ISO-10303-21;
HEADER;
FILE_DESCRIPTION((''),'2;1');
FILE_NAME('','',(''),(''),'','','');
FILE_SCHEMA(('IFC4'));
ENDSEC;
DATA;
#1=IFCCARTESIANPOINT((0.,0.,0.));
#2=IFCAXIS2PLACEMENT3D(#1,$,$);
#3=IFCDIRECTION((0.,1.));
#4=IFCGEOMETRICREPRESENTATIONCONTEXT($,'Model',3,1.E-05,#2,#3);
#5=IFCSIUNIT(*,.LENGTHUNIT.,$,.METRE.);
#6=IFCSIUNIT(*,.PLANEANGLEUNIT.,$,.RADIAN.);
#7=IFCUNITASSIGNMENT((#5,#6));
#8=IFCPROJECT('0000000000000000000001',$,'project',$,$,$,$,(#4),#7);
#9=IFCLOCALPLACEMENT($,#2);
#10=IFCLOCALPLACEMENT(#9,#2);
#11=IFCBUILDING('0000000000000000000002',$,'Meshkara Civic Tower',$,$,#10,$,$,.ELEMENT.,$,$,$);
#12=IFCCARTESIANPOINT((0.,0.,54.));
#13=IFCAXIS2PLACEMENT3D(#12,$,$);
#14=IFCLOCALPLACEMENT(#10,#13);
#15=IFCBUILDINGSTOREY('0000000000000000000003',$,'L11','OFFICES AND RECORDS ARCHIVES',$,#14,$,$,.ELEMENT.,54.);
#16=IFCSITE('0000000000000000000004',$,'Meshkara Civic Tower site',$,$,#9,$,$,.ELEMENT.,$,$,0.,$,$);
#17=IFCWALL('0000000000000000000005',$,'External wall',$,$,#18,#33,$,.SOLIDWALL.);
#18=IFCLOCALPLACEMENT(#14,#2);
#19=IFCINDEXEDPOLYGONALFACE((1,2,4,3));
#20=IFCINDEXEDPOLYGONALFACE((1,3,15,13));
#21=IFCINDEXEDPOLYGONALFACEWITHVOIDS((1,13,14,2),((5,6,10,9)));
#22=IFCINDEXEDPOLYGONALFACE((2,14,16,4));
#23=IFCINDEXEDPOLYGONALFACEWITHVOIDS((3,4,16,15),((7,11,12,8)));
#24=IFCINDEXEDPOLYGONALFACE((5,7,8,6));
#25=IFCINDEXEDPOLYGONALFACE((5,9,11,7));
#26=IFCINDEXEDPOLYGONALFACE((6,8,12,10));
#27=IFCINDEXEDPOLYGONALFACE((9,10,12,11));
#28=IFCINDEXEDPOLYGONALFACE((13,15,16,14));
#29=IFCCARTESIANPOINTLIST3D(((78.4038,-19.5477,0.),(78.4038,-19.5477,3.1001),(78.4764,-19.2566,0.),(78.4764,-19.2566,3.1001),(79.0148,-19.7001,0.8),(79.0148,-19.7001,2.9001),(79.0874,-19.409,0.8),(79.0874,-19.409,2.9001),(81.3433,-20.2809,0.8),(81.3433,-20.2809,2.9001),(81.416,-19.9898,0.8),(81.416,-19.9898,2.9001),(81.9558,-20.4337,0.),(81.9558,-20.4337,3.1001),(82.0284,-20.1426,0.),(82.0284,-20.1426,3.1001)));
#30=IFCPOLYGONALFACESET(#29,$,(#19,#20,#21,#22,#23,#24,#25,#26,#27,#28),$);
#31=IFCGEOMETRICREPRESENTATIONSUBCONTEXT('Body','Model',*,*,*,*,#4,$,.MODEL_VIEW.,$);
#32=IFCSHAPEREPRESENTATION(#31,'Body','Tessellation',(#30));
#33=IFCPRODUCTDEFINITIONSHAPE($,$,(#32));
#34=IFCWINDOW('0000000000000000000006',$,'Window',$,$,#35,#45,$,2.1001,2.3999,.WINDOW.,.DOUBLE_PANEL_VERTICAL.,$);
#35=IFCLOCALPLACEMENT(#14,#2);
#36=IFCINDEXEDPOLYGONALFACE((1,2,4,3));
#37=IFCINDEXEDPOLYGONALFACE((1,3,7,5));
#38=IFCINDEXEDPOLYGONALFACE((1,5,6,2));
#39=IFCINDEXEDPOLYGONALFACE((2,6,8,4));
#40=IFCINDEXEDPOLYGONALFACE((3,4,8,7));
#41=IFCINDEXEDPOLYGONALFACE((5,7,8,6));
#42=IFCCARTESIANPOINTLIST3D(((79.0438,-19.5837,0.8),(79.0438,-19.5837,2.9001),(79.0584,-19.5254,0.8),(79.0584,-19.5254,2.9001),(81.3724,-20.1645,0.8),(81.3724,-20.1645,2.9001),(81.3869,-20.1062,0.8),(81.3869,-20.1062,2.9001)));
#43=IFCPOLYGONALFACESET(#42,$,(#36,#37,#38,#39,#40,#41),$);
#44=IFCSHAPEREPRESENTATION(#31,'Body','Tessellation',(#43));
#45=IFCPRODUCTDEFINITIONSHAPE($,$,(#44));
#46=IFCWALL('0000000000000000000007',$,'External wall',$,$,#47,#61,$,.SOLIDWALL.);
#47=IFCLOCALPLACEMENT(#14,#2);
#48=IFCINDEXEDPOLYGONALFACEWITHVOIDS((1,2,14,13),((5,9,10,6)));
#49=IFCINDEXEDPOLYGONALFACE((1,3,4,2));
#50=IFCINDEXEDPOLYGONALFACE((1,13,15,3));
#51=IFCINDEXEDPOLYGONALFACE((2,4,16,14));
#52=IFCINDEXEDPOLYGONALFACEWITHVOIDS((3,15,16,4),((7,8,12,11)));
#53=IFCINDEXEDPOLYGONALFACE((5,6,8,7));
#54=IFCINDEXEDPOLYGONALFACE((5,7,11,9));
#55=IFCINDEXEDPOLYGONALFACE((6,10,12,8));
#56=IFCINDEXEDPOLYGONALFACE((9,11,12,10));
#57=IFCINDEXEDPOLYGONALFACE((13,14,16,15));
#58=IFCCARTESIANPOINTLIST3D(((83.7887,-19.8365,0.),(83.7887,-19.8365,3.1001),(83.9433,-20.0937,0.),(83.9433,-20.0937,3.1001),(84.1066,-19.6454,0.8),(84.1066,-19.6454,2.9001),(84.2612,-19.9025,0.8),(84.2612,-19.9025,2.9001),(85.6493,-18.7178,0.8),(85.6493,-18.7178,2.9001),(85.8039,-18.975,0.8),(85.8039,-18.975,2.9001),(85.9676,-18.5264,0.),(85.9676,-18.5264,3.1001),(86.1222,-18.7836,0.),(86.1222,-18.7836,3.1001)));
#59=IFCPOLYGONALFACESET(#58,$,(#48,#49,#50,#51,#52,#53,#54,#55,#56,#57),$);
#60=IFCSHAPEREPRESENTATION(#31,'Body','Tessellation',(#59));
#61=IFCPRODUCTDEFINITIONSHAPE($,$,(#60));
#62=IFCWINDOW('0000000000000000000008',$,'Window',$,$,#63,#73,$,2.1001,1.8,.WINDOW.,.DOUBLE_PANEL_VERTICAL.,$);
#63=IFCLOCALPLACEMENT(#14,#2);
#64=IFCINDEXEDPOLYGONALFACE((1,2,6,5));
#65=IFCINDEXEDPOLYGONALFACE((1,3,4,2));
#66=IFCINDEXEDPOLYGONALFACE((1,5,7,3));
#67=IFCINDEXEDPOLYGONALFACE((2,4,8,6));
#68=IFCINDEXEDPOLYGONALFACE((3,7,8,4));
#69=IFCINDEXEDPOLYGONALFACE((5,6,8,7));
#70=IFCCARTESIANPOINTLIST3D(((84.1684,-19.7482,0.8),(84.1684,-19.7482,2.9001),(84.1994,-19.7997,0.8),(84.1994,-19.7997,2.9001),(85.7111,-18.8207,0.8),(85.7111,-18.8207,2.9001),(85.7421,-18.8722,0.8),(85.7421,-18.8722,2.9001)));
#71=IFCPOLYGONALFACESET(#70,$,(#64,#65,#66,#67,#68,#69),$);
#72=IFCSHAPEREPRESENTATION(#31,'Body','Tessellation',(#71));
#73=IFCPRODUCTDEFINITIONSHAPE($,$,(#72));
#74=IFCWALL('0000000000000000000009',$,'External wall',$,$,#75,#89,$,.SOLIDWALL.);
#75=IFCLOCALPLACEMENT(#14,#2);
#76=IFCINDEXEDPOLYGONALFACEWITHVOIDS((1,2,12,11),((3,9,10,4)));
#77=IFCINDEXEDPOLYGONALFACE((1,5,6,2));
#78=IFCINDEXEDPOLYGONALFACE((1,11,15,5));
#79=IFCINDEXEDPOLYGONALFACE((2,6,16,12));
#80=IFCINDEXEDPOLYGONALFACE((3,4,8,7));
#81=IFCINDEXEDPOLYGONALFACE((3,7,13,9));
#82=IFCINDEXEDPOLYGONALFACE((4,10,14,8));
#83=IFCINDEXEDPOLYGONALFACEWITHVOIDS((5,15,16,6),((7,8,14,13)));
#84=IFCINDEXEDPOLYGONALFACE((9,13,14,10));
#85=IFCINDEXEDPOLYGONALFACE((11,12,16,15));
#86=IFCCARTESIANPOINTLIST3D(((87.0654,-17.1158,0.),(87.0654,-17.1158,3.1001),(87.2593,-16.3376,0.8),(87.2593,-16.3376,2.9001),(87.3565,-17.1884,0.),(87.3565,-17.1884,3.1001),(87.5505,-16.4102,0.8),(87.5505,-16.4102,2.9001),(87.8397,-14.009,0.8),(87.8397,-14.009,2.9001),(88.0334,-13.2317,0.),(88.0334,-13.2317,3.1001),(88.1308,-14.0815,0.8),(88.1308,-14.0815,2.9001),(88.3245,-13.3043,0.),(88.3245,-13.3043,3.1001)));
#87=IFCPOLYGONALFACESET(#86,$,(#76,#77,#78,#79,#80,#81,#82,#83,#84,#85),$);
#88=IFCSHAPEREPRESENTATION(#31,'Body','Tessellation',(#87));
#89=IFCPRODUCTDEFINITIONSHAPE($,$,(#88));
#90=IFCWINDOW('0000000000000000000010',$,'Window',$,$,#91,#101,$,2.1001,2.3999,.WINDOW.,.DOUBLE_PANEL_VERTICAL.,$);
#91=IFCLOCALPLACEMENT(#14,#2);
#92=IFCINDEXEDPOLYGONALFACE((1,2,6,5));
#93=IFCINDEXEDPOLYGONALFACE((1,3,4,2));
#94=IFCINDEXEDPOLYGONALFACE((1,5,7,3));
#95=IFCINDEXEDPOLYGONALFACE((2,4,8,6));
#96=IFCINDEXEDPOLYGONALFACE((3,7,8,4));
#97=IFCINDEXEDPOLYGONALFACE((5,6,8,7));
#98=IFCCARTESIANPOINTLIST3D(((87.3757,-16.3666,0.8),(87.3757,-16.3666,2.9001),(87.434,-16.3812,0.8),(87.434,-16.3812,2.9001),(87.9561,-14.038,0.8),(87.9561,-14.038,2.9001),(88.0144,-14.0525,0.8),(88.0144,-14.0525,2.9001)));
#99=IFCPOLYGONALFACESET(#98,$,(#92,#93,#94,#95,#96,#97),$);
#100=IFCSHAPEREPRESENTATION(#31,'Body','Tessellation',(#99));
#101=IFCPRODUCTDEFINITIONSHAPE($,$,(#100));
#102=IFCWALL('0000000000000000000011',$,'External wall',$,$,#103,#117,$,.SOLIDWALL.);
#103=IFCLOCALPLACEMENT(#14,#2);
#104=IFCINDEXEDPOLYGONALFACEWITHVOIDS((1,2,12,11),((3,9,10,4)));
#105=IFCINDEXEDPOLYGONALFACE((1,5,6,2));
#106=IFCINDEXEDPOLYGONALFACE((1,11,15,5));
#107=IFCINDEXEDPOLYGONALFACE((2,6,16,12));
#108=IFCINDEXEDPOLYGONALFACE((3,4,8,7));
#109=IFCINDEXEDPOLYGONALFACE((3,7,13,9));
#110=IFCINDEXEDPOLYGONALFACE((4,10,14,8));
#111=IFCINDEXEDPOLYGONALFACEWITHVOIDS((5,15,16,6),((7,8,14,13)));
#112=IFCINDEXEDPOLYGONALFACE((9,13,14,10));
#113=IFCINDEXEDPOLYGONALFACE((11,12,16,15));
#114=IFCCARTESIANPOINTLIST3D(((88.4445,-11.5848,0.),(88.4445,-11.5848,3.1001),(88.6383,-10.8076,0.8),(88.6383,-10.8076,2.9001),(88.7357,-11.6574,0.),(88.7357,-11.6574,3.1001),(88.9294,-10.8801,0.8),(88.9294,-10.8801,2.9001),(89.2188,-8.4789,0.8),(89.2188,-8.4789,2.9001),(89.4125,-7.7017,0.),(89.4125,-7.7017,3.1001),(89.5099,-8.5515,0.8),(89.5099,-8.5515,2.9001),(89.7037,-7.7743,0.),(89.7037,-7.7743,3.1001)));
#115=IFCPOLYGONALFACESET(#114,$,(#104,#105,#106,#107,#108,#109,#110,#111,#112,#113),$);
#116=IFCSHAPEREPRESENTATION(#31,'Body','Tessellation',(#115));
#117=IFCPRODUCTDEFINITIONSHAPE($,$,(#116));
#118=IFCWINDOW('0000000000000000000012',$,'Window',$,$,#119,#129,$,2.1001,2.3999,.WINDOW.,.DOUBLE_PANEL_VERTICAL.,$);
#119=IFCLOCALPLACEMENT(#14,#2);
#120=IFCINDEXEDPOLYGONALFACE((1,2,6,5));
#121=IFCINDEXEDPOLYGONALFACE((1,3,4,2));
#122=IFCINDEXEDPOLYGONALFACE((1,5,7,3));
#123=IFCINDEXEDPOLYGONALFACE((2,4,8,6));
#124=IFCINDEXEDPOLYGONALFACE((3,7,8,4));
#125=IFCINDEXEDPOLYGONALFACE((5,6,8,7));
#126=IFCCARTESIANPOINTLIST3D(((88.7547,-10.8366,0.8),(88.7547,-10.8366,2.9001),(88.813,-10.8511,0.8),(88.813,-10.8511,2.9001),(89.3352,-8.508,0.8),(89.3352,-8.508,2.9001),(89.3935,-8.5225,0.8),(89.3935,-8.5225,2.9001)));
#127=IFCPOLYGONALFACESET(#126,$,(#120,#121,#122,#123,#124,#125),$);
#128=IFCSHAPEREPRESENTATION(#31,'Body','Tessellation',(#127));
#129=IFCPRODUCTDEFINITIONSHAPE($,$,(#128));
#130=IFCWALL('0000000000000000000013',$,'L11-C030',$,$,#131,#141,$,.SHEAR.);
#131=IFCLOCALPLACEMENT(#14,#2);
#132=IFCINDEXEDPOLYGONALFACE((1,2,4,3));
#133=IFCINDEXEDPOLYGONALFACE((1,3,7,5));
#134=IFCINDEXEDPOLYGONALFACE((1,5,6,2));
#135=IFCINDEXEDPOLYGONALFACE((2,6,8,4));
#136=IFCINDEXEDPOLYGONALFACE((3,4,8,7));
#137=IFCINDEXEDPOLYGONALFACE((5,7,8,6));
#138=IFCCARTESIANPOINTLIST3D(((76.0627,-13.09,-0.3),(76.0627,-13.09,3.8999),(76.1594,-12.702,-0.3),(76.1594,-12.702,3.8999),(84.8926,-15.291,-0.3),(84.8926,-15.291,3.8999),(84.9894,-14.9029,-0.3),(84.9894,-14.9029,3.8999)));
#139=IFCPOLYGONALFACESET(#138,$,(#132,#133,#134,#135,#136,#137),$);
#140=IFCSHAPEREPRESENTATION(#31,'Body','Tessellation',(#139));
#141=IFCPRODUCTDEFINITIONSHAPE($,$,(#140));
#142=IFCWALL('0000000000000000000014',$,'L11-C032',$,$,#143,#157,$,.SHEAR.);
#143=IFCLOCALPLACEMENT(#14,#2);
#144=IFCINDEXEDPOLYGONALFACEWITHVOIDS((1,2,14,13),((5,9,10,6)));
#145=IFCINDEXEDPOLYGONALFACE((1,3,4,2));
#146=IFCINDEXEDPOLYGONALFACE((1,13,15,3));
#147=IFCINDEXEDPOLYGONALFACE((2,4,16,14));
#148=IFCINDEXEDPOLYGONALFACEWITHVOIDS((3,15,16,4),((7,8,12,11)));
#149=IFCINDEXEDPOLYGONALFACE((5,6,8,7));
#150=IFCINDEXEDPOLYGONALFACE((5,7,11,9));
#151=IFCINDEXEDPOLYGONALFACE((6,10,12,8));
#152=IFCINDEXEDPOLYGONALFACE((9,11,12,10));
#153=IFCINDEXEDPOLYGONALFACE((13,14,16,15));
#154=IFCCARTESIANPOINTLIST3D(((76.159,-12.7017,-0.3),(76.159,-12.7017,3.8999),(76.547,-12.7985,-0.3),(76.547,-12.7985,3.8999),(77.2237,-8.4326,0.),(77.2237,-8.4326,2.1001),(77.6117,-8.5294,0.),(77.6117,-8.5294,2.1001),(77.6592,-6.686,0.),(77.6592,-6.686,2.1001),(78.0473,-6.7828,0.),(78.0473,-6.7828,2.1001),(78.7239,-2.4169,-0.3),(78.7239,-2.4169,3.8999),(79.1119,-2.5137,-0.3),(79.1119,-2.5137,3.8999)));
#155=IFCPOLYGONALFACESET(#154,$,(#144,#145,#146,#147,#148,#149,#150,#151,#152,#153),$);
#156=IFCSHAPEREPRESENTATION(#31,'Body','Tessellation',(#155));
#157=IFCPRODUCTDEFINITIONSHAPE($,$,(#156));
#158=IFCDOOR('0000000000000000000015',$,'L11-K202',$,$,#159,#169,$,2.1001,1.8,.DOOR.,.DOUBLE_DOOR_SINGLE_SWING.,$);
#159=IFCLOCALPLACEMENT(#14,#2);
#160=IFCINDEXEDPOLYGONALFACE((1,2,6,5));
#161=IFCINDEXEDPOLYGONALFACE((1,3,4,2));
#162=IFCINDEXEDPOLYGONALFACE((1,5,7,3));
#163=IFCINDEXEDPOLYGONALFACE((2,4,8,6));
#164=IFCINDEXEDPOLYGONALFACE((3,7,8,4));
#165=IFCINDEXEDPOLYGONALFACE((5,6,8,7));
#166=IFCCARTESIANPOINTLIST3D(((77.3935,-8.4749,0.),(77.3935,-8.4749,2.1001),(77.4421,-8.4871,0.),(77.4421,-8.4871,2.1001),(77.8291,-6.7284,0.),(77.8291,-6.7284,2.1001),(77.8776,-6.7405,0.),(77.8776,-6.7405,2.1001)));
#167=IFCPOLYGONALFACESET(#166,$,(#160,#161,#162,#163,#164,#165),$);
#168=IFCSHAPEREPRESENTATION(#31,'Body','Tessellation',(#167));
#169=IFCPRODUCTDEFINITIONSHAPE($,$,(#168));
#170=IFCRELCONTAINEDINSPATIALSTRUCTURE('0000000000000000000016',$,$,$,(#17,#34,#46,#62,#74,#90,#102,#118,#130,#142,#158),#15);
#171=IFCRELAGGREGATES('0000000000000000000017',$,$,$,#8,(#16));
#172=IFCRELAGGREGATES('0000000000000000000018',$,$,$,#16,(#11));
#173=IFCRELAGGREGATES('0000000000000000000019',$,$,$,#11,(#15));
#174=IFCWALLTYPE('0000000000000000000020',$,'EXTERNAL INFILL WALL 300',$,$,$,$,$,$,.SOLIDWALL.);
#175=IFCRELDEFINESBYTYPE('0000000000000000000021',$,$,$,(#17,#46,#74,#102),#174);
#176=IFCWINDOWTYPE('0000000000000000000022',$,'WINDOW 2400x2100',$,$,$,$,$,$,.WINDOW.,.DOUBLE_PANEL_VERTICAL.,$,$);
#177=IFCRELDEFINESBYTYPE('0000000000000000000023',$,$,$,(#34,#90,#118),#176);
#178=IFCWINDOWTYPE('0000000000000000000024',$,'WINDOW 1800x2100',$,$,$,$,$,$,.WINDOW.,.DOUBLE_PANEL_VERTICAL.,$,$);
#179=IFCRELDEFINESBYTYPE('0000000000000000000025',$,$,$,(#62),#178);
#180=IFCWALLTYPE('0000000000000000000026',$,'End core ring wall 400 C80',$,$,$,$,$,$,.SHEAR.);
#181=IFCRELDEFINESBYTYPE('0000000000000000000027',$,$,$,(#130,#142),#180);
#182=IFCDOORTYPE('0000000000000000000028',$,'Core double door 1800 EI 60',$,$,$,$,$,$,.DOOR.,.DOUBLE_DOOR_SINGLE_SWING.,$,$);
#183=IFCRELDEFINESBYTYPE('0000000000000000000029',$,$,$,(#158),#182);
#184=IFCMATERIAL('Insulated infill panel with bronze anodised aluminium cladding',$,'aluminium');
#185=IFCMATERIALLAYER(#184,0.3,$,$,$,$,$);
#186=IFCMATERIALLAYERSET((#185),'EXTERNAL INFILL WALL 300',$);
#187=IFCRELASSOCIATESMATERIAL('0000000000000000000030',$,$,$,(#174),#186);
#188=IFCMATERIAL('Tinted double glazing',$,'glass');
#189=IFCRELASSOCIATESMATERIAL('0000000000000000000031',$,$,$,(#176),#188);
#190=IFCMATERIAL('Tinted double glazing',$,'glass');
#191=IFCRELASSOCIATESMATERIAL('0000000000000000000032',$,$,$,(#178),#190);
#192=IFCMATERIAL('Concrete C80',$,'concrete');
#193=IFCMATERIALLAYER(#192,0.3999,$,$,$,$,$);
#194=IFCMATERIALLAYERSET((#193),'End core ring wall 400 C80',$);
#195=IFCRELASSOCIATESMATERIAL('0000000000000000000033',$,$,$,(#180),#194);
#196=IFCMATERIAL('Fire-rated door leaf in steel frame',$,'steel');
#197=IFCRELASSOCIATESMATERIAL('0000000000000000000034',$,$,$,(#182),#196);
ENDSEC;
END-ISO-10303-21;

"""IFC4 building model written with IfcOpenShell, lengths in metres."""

from ifc_helpers import new_model, si_unit, direction, frame, frame_2d, origin, place, context, subcontext, project, spatial, rectangle, extrude, material, layer, layer_set, type_object, element, fill, save


model = new_model("IFC4")

# Units and contexts
model_context = context("Model", 3, precision=1e-05, world=origin(), true_north=direction((0.0, 1.0)))
body_context = subcontext(model_context, "Body", "Model", "MODEL_VIEW")
ifc_project = project(units=[si_unit("LENGTHUNIT", "METRE"), si_unit("PLANEANGLEUNIT", "RADIAN")], contexts=[model_context])

# Site, building, storey
site_placement = place(None, origin())
site = spatial("IfcSite", under=ifc_project, at=site_placement, Name="Meshkara Civic Tower site", CompositionType="ELEMENT", RefElevation=0.0)
building_placement = place(site_placement, origin())
building = spatial("IfcBuilding", under=site, at=building_placement, Name="Meshkara Civic Tower", CompositionType="ELEMENT")
storey_placement = place(building_placement, frame((0.0, 0.0, 54.0)))
storey = spatial("IfcBuildingStorey", under=building, at=storey_placement, Name="L11", Description="OFFICES AND RECORDS ARCHIVES", CompositionType="ELEMENT", Elevation=54.0)

# Walls, openings, windows
ifc_material_1 = material(Name="Insulated infill panel with bronze anodised aluminium cladding", Category="aluminium")
ifc_layer_1 = layer(ifc_material_1, 0.3)
ifc_layer_set_1 = layer_set([ifc_layer_1], Name="EXTERNAL INFILL WALL 300")
wall_type_1 = type_object("IfcWallType", Name="EXTERNAL INFILL WALL 300", PredefinedType="SOLIDWALL", material=ifc_layer_set_1)
wall_1_placement = place(storey_placement, frame((78.4399, -19.4021, 0.0), z_axis=(0.0, 0.0, 1.0), x_axis=(0.970272, -0.242018, 0.0)))
wall_1 = element("IfcWall", 1, at=wall_1_placement, inside=storey, type_object=wall_type_1, Name="External wall", PredefinedType="SOLIDWALL", context=body_context, shape_type="SweptSolid", body=[
    extrude(rectangle(XDim=3.6609, YDim=0.3, at=frame_2d((1.8306, 0.0))), origin(), (0.0, 0.0, 1.0), 3.1001),
])
opening_1_placement = place(wall_1_placement, frame((0.6299, 0.0, 0.8)))
opening_1 = element("IfcOpeningElement", 2, at=opening_1_placement, cuts=wall_1, PredefinedType="OPENING", context=body_context, shape_type="SweptSolid", body=[
    extrude(rectangle(XDim=2.3999, YDim=2.1001, at=frame_2d((1.2, 1.05))), frame((0.0, 0.1599, 0.0), z_axis=(0.0, -1.0, 0.0), x_axis=(1.0, 0.0, 0.0)), (0.0, 0.0, 1.0), 0.3201),
])
ifc_material_2 = material(Name="Tinted double glazing", Category="glass")
window_type_1 = type_object("IfcWindowType", Name="WINDOW 2400x2100", PartitioningType="DOUBLE_PANEL_VERTICAL", PredefinedType="WINDOW", material=ifc_material_2)
window_1_placement = place(opening_1_placement, origin())
window_1 = element("IfcWindow", 3, at=window_1_placement, inside=storey, type_object=window_type_1, Name="Window", OverallHeight=2.1001, OverallWidth=2.3999, PartitioningType="DOUBLE_PANEL_VERTICAL", PredefinedType="WINDOW", context=body_context, shape_type="SweptSolid", body=[
    extrude(rectangle(XDim=2.3999, YDim=2.1001, at=frame_2d((1.2, 1.05))), frame((0.0, 0.03, 0.0), z_axis=(0.0, -1.0, 0.0), x_axis=(1.0, 0.0, 0.0)), (0.0, 0.0, 1.0), 0.0601),
])
fill(opening_1, window_1)
wall_2_placement = place(storey_placement, frame((83.866, -19.9651, 0.0), z_axis=(0.0, 0.0, 1.0), x_axis=(0.857027, 0.515272, 0.0)))
wall_2 = element("IfcWall", 4, at=wall_2_placement, inside=storey, type_object=wall_type_1, Name="External wall", PredefinedType="SOLIDWALL", context=body_context, shape_type="SweptSolid", body=[
    extrude(rectangle(XDim=2.5425, YDim=0.3, at=frame_2d((1.2712, 0.0))), origin(), (0.0, 0.0, 1.0), 3.1001),
])
opening_2_placement = place(wall_2_placement, frame((0.3711, 0.0, 0.8)))
opening_2 = element("IfcOpeningElement", 5, at=opening_2_placement, cuts=wall_2, PredefinedType="OPENING", context=body_context, shape_type="SweptSolid", body=[
    extrude(rectangle(XDim=1.8, YDim=2.1001, at=frame_2d((0.8999, 1.05))), frame((0.0, 0.1599, 0.0), z_axis=(0.0, -1.0, 0.0), x_axis=(1.0, 0.0, 0.0)), (0.0, 0.0, 1.0), 0.3201),
])
ifc_material_3 = material(Name="Tinted double glazing", Category="glass")
window_type_2 = type_object("IfcWindowType", Name="WINDOW 1800x2100", PartitioningType="DOUBLE_PANEL_VERTICAL", PredefinedType="WINDOW", material=ifc_material_3)
window_2_placement = place(opening_2_placement, origin())
window_2 = element("IfcWindow", 6, at=window_2_placement, inside=storey, type_object=window_type_2, Name="Window", OverallHeight=2.1001, OverallWidth=1.8, PartitioningType="DOUBLE_PANEL_VERTICAL", PredefinedType="WINDOW", context=body_context, shape_type="SweptSolid", body=[
    extrude(rectangle(XDim=1.8, YDim=2.1001, at=frame_2d((0.8999, 1.05))), frame((0.0, 0.03, 0.0), z_axis=(0.0, -1.0, 0.0), x_axis=(1.0, 0.0, 0.0)), (0.0, 0.0, 1.0), 0.0601),
])
fill(opening_2, window_2)
wall_3_placement = place(storey_placement, frame((87.2109, -17.1521, 0.0), z_axis=(0.0, 0.0, 1.0), x_axis=(0.241832, 0.970318, 0.0)))
wall_3 = element("IfcWall", 7, at=wall_3_placement, inside=storey, type_object=wall_type_1, Name="External wall", PredefinedType="SOLIDWALL", context=body_context, shape_type="SweptSolid", body=[
    extrude(rectangle(XDim=4.0029, YDim=0.3, at=frame_2d((2.0015, 0.0))), origin(), (0.0, 0.0, 1.0), 3.1001),
])
opening_3_placement = place(wall_3_placement, frame((0.802, 0.0, 0.8)))
opening_3 = element("IfcOpeningElement", 8, at=opening_3_placement, cuts=wall_3, PredefinedType="OPENING", context=body_context, shape_type="SweptSolid", body=[
    extrude(rectangle(XDim=2.3999, YDim=2.1001, at=frame_2d((1.2, 1.05))), frame((0.0, 0.1599, 0.0), z_axis=(0.0, -1.0, 0.0), x_axis=(1.0, 0.0, 0.0)), (0.0, 0.0, 1.0), 0.3201),
])
window_3_placement = place(opening_3_placement, origin())
window_3 = element("IfcWindow", 9, at=window_3_placement, inside=storey, type_object=window_type_1, Name="Window", OverallHeight=2.1001, OverallWidth=2.3999, PartitioningType="DOUBLE_PANEL_VERTICAL", PredefinedType="WINDOW", context=body_context, shape_type="SweptSolid", body=[
    extrude(rectangle(XDim=2.3999, YDim=2.1001, at=frame_2d((1.2, 1.05))), frame((0.0, 0.03, 0.0), z_axis=(0.0, -1.0, 0.0), x_axis=(1.0, 0.0, 0.0)), (0.0, 0.0, 1.0), 0.0601),
])
fill(opening_3, window_3)
wall_4_placement = place(storey_placement, frame((88.5901, -11.6211, 0.0), z_axis=(0.0, 0.0, 1.0), x_axis=(0.24189, 0.970304, 0.0)))
wall_4 = element("IfcWall", 10, at=wall_4_placement, inside=storey, type_object=wall_type_1, Name="External wall", PredefinedType="SOLIDWALL", context=body_context, shape_type="SweptSolid", body=[
    extrude(rectangle(XDim=4.002, YDim=0.3, at=frame_2d((2.001, 0.0))), origin(), (0.0, 0.0, 1.0), 3.1001),
])
opening_4_placement = place(wall_4_placement, frame((0.801, 0.0, 0.8)))
opening_4 = element("IfcOpeningElement", 11, at=opening_4_placement, cuts=wall_4, PredefinedType="OPENING", context=body_context, shape_type="SweptSolid", body=[
    extrude(rectangle(XDim=2.3999, YDim=2.1001, at=frame_2d((1.2, 1.05))), frame((0.0, 0.1599, 0.0), z_axis=(0.0, -1.0, 0.0), x_axis=(1.0, 0.0, 0.0)), (0.0, 0.0, 1.0), 0.3201),
])
window_4_placement = place(opening_4_placement, origin())
window_4 = element("IfcWindow", 12, at=window_4_placement, inside=storey, type_object=window_type_1, Name="Window", OverallHeight=2.1001, OverallWidth=2.3999, PartitioningType="DOUBLE_PANEL_VERTICAL", PredefinedType="WINDOW", context=body_context, shape_type="SweptSolid", body=[
    extrude(rectangle(XDim=2.3999, YDim=2.1001, at=frame_2d((1.2, 1.05))), frame((0.0, 0.03, 0.0), z_axis=(0.0, -1.0, 0.0), x_axis=(1.0, 0.0, 0.0)), (0.0, 0.0, 1.0), 0.0601),
])
fill(opening_4, window_4)

# Wall
ifc_material_4 = material(Name="Concrete C80", Category="concrete")
ifc_layer_2 = layer(ifc_material_4, 0.3999)
ifc_layer_set_2 = layer_set([ifc_layer_2], Name="End core ring wall 400 C80")
wall_type_2 = type_object("IfcWallType", Name="End core ring wall 400 C80", PredefinedType="SHEAR", material=ifc_layer_set_2)
wall_5_placement = place(storey_placement, frame((76.1111, -12.896, -0.3), z_axis=(0.0, 0.0, 1.0), x_axis=(0.970311, -0.24186, 0.0)))
element("IfcWall", 13, at=wall_5_placement, inside=storey, type_object=wall_type_2, Name="L11-C030", PredefinedType="SHEAR", context=body_context, shape_type="SweptSolid", body=[
    extrude(rectangle(XDim=9.1001, YDim=0.3999, at=frame_2d((4.55, 0.0))), origin(), (0.0, 0.0, 1.0), 4.2),
])

# Wall, opening, door
wall_6_placement = place(storey_placement, frame((76.353, -12.75, -0.3), z_axis=(0.0, 0.0, 1.0), x_axis=(0.241977, 0.970282, 0.0)))
wall_6 = element("IfcWall", 14, at=wall_6_placement, inside=storey, type_object=wall_type_2, Name="L11-C032", PredefinedType="SHEAR", context=body_context, shape_type="SweptSolid", body=[
    extrude(rectangle(XDim=10.5999, YDim=0.3999, at=frame_2d((5.2998, 0.0))), origin(), (0.0, 0.0, 1.0), 4.2),
])
opening_5_placement = place(wall_6_placement, frame((4.3999, 0.0, 0.3)))
opening_5 = element("IfcOpeningElement", 15, at=opening_5_placement, cuts=wall_6, PredefinedType="OPENING", context=body_context, shape_type="SweptSolid", body=[
    extrude(rectangle(XDim=1.8, YDim=2.1001, at=frame_2d((0.8999, 1.05))), frame((0.0, 0.21, 0.0), z_axis=(0.0, -1.0, 0.0), x_axis=(1.0, 0.0, 0.0)), (0.0, 0.0, 1.0), 0.4199),
])
ifc_material_5 = material(Name="Fire-rated door leaf in steel frame", Category="steel")
door_type_1 = type_object("IfcDoorType", Name="Core double door 1800 EI 60", OperationType="DOUBLE_DOOR_SINGLE_SWING", PredefinedType="DOOR", material=ifc_material_5)
door_1_placement = place(opening_5_placement, origin())
door_1 = element("IfcDoor", 16, at=door_1_placement, inside=storey, type_object=door_type_1, Name="L11-K202", OperationType="DOUBLE_DOOR_SINGLE_SWING", OverallHeight=2.1001, OverallWidth=1.8, PredefinedType="DOOR", context=body_context, shape_type="SweptSolid", body=[
    extrude(rectangle(XDim=1.8, YDim=2.1001, at=frame_2d((0.8999, 1.05))), frame((0.0, 0.0249, 0.0), z_axis=(0.0, -1.0, 0.0), x_axis=(1.0, 0.0, 0.0)), (0.0, 0.0, 1.0), 0.05),
])
fill(opening_5, door_1)

save(model, "model.ifc")
